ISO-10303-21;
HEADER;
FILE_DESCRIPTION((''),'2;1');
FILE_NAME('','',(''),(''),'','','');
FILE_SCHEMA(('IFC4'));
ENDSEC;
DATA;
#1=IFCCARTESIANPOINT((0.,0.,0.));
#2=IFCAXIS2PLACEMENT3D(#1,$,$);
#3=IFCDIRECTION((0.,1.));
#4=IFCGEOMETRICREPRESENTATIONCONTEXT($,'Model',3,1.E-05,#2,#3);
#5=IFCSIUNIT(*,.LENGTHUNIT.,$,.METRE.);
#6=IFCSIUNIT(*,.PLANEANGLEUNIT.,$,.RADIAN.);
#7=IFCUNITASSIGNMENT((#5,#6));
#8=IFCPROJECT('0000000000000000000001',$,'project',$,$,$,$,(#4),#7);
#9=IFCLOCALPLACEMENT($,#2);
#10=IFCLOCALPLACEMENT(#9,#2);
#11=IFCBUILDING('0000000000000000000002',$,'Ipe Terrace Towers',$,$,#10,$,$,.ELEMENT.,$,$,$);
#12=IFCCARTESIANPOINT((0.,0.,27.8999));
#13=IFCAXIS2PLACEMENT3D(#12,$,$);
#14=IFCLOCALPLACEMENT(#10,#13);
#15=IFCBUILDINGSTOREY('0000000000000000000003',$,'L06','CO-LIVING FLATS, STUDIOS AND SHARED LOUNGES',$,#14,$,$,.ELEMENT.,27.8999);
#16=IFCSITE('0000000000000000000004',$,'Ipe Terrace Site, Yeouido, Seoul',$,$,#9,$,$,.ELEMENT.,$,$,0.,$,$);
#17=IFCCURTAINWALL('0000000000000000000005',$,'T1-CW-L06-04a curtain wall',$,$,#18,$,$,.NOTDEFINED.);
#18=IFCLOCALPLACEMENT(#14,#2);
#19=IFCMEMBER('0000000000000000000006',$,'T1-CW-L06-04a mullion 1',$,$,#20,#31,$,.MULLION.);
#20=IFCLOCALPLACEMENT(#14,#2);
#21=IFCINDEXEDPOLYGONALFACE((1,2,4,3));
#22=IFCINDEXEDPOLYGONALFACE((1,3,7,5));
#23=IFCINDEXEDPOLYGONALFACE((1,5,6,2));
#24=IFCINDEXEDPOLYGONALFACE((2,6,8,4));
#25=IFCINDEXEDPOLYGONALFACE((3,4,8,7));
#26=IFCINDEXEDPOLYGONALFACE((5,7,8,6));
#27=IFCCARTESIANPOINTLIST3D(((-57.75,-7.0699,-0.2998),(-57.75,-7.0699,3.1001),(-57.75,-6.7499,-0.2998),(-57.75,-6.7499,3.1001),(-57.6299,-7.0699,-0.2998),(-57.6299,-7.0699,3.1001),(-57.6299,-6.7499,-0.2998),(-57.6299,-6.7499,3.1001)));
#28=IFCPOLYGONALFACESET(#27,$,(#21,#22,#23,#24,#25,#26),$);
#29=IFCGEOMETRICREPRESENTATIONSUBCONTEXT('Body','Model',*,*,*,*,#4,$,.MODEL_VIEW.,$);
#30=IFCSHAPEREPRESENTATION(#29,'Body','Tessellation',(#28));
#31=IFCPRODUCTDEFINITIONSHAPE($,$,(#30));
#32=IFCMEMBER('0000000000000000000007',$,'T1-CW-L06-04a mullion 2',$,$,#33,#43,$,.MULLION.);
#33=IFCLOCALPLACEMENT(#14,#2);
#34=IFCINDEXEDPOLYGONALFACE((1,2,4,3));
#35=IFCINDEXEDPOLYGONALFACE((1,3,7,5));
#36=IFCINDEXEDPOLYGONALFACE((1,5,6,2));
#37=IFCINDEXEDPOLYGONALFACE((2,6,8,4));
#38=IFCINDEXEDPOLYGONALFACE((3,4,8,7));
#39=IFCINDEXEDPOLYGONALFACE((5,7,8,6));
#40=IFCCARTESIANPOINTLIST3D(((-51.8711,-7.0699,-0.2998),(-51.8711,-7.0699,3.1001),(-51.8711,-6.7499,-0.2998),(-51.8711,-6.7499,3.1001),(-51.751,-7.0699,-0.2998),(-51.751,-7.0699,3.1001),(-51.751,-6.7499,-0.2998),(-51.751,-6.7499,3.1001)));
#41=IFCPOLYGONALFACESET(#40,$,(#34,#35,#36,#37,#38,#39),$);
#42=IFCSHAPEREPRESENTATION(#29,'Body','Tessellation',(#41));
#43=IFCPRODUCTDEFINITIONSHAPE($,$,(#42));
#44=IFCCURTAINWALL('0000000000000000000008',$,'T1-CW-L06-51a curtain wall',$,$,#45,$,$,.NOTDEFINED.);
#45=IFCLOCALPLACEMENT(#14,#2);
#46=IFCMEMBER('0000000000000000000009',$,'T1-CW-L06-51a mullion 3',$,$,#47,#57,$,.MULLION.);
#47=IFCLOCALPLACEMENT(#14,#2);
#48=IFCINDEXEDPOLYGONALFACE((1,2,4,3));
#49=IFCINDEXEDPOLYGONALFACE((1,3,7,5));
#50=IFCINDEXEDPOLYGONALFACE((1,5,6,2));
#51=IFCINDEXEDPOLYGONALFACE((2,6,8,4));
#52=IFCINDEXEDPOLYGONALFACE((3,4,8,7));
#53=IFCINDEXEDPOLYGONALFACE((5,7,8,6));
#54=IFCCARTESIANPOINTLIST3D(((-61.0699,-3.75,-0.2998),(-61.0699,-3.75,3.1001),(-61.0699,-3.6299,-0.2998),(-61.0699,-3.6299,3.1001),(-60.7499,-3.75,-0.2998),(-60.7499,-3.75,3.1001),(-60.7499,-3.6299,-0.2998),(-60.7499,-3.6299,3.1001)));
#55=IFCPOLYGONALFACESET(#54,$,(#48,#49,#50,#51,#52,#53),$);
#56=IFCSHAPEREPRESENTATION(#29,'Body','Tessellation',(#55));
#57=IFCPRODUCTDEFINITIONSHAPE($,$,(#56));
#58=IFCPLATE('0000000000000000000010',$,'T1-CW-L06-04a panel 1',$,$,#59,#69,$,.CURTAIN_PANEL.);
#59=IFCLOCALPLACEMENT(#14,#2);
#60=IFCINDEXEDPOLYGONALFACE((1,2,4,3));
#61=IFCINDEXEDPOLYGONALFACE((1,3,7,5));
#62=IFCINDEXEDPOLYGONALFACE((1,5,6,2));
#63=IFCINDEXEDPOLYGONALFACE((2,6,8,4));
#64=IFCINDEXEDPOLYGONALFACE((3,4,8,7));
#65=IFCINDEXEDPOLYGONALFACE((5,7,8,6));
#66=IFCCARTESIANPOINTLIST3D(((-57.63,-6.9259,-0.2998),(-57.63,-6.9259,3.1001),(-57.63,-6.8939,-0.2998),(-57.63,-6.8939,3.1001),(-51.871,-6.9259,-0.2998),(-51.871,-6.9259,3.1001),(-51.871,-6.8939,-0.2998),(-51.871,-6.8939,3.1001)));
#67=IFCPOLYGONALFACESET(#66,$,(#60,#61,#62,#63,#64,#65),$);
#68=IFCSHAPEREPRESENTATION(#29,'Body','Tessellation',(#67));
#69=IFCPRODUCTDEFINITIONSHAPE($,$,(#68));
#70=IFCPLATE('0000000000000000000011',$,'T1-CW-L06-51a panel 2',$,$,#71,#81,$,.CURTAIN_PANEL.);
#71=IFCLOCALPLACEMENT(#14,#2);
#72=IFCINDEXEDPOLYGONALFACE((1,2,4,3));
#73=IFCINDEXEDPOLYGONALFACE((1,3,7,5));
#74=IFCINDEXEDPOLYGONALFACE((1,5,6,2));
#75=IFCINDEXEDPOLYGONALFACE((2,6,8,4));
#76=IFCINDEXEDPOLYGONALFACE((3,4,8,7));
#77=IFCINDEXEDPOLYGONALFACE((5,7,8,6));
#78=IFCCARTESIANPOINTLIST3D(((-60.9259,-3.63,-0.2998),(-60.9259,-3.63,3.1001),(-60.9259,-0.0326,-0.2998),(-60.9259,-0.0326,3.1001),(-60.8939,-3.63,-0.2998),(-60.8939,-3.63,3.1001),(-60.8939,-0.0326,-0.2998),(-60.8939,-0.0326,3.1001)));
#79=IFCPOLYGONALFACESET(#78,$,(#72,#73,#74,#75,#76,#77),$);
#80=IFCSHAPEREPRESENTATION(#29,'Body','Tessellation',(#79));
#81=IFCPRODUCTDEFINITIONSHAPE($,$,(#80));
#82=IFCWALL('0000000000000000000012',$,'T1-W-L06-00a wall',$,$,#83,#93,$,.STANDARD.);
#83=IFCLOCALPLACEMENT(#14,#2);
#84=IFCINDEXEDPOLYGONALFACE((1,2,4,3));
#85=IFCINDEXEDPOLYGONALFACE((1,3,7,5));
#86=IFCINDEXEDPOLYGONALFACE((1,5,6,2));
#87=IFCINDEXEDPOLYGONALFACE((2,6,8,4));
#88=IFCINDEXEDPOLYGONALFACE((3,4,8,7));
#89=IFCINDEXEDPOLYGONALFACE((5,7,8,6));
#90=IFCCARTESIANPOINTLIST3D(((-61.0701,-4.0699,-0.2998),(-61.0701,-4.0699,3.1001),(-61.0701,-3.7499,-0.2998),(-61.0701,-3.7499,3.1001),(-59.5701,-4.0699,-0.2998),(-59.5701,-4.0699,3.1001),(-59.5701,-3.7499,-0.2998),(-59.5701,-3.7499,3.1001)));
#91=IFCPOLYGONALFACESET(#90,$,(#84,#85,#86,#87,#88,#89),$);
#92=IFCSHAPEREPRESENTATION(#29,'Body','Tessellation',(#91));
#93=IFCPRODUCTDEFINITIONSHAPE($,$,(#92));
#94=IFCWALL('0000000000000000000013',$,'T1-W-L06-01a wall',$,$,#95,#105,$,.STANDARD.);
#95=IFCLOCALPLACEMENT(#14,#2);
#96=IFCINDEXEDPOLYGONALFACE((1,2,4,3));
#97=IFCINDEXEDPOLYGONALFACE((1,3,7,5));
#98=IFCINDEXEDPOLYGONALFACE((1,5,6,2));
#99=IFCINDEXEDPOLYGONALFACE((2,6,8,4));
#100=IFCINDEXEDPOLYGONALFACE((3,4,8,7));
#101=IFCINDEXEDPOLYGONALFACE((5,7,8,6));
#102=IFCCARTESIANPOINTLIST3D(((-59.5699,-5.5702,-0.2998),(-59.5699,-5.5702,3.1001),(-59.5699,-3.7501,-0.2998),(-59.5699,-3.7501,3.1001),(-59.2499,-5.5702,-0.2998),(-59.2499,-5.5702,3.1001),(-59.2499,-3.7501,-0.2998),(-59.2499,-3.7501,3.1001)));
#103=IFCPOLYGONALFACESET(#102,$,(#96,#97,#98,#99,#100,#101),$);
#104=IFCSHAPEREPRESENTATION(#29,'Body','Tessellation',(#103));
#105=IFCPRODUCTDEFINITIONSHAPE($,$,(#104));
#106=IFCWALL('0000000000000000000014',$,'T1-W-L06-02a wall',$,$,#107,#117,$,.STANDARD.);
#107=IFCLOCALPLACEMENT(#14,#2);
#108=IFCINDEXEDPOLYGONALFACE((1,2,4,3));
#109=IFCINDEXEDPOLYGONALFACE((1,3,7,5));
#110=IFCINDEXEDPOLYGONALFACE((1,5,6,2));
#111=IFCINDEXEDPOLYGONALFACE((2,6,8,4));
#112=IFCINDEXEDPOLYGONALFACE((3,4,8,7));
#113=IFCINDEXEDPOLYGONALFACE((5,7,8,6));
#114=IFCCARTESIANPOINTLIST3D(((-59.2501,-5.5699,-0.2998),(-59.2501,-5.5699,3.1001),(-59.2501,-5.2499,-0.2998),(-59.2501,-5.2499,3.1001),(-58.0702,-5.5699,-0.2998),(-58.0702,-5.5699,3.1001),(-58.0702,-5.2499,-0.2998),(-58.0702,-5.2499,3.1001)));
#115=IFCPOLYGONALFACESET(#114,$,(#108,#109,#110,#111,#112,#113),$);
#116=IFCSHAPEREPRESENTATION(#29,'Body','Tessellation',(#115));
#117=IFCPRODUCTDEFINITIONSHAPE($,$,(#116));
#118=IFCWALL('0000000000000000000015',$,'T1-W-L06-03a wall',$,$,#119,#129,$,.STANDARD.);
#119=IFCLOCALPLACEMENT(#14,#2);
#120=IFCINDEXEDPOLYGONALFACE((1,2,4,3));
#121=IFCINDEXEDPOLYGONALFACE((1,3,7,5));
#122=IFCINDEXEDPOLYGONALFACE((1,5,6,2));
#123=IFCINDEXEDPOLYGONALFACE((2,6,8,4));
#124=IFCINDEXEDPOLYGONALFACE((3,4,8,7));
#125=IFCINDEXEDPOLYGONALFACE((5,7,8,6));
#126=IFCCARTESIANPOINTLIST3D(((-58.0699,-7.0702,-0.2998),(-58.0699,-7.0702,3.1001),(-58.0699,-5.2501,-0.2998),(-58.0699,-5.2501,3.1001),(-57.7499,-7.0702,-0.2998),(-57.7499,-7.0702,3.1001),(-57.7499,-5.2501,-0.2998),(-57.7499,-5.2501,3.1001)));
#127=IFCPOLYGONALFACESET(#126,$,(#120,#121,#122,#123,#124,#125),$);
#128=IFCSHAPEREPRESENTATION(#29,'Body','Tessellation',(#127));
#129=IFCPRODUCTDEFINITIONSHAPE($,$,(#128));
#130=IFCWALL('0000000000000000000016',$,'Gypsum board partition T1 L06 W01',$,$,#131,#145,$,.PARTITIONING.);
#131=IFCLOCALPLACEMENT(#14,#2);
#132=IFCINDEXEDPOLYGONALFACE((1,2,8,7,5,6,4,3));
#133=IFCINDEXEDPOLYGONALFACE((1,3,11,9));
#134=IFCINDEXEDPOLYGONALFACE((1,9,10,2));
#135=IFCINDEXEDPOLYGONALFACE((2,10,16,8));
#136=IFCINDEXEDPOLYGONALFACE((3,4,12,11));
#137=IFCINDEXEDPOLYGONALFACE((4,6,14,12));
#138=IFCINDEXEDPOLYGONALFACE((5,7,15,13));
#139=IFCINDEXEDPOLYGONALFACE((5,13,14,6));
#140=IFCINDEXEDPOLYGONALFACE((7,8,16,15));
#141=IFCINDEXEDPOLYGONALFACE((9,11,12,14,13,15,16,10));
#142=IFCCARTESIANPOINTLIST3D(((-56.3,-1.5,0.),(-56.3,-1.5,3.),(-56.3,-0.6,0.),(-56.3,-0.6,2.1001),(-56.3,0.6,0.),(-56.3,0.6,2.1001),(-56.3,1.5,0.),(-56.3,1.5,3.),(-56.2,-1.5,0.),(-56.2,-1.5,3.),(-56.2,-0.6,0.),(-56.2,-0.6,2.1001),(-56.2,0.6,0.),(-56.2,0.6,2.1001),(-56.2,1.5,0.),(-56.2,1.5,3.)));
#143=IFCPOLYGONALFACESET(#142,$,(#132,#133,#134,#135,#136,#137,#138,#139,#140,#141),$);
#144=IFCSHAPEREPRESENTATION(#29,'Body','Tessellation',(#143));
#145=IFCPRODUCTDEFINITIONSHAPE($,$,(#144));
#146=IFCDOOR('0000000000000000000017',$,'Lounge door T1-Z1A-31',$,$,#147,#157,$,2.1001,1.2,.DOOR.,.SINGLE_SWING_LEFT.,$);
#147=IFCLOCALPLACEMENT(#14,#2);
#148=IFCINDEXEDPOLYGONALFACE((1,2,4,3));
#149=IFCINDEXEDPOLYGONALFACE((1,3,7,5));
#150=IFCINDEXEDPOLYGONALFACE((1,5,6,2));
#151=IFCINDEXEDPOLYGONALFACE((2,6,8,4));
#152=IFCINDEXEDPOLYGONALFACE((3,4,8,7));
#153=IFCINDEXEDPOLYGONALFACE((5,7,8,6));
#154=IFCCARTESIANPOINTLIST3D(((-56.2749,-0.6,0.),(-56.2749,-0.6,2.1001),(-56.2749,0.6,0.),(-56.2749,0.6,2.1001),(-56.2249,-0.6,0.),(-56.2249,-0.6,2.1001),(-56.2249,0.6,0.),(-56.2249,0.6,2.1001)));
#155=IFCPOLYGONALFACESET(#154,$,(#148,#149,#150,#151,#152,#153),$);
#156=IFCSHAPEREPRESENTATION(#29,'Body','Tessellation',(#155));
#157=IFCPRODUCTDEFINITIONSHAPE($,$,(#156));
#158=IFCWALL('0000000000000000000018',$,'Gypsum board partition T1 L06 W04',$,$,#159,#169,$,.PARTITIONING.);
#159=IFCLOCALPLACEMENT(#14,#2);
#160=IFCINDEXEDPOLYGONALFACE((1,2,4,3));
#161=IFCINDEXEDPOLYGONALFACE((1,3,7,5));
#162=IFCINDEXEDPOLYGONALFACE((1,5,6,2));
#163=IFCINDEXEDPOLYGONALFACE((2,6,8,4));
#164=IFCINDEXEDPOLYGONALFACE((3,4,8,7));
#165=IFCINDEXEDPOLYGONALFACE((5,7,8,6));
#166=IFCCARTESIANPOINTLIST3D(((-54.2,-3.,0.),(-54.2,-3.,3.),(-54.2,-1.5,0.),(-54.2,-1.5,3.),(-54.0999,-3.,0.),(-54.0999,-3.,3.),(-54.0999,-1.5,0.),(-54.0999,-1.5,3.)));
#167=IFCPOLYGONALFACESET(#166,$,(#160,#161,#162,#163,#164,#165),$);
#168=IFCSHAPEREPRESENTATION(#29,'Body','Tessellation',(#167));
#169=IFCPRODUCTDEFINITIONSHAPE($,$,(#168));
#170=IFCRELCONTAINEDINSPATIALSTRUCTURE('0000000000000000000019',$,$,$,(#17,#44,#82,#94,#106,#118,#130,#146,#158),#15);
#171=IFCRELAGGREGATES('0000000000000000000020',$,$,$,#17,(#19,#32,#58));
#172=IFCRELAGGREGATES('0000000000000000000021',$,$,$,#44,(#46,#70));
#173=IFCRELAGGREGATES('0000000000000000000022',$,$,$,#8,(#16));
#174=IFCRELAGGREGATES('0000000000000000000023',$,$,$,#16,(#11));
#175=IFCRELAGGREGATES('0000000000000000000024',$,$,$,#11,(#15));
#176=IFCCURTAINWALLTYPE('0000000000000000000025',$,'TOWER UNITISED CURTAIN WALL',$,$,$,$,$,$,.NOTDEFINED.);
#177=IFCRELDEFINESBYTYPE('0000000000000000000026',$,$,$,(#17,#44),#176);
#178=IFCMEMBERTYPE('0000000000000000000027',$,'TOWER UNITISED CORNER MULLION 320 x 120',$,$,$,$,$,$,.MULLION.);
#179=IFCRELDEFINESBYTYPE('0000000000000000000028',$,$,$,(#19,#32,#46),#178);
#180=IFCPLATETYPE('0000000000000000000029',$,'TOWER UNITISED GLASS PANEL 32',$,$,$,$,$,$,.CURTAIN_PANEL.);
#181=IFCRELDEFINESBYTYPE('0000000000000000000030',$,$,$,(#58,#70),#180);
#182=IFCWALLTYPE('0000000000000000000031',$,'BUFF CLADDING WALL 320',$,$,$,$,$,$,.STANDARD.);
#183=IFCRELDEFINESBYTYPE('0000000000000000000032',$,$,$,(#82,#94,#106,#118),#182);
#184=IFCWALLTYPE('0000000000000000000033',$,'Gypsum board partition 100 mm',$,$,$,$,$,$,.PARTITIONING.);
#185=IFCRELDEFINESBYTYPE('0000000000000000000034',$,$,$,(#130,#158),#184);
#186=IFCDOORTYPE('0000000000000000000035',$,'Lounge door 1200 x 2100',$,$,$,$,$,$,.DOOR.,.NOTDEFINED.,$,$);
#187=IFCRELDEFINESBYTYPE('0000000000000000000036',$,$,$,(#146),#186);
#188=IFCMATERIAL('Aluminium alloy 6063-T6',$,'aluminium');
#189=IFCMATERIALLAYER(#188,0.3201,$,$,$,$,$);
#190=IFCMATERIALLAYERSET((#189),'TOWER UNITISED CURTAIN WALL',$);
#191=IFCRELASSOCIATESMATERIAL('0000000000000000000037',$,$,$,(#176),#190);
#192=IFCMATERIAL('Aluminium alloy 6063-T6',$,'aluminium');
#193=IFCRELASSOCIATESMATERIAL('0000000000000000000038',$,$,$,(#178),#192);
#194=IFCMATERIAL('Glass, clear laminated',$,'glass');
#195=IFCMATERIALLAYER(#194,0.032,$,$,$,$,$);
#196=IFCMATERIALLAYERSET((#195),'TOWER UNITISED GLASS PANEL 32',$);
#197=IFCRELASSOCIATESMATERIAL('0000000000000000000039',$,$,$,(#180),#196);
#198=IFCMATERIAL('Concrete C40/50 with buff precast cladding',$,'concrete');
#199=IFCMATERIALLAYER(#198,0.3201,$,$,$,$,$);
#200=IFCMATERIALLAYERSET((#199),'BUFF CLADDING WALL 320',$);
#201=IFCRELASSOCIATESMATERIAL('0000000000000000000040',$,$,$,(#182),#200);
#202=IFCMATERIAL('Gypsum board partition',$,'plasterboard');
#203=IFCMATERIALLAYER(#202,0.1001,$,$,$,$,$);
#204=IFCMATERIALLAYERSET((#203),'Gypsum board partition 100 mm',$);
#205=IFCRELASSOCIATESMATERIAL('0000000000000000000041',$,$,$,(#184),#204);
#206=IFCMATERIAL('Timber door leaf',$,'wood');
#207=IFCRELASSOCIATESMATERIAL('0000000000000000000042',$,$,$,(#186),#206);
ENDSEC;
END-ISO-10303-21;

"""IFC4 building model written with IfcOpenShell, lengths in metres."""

from ifc_helpers import new_model, si_unit, direction, frame, frame_2d, origin, origin_2d, place, context, subcontext, project, spatial, rectangle, extrude, material, layer, layer_set, material_profile, profile_set, type_object, element, fill, aggregate, save


model = new_model("IFC4")

# Units and contexts
model_context = context("Model", 3, precision=1e-05, world=origin(), true_north=direction((0.0, 1.0)))
body_context = subcontext(model_context, "Body", "Model", "MODEL_VIEW")
ifc_project = project(units=[si_unit("LENGTHUNIT", "METRE"), si_unit("PLANEANGLEUNIT", "RADIAN")], contexts=[model_context])

# Site, building, storey
site_placement = place(None, origin())
site = spatial("IfcSite", under=ifc_project, at=site_placement, Name="Ipe Terrace Site, Yeouido, Seoul", CompositionType="ELEMENT", RefElevation=0.0)
building_placement = place(site_placement, origin())
building = spatial("IfcBuilding", under=site, at=building_placement, Name="Ipe Terrace Towers", CompositionType="ELEMENT")
storey_placement = place(building_placement, frame((0.0, 0.0, 27.8999)))
storey = spatial("IfcBuildingStorey", under=building, at=storey_placement, Name="L06", Description="CO-LIVING FLATS, STUDIOS AND SHARED LOUNGES", CompositionType="ELEMENT", Elevation=27.8999)

# Curtain wall, members
ifc_material_1 = material(Name="Aluminium alloy 6063-T6", Category="aluminium")
ifc_layer_1 = layer(ifc_material_1, 0.3201)
ifc_layer_set_1 = layer_set([ifc_layer_1], Name="TOWER UNITISED CURTAIN WALL")
curtain_wall_type = type_object("IfcCurtainWallType", Name="TOWER UNITISED CURTAIN WALL", PredefinedType="NOTDEFINED", material=ifc_layer_set_1)
curtain_wall_1_placement = place(storey_placement, origin())
curtain_wall_1 = element("IfcCurtainWall", 1, at=curtain_wall_1_placement, inside=storey, type_object=curtain_wall_type, Name="T1-CW-L06-04a curtain wall", PredefinedType="NOTDEFINED")
ifc_material_2 = material(Name="Aluminium alloy 6063-T6", Category="aluminium")
ifc_material_profile_1 = material_profile(ifc_material_2, rectangle(XDim=0.3201, YDim=0.1201, at=origin_2d()), Name="TOWER UNITISED CORNER MULLION 320 x 120")
ifc_profile_set_1 = profile_set([ifc_material_profile_1], Name="Aluminium alloy 6063-T6")
member_type = type_object("IfcMemberType", Name="TOWER UNITISED CORNER MULLION 320 x 120", PredefinedType="MULLION", material=ifc_profile_set_1)
member_1_placement = place(storey_placement, frame((-57.6899, -6.9099, -0.2998), z_axis=(0.0, 0.0, 1.0), x_axis=(0.0, -1.0, 0.0)))
member_1 = element("IfcMember", 2, at=member_1_placement, type_object=member_type, Name="T1-CW-L06-04a mullion 1", PredefinedType="MULLION", context=body_context, shape_type="SweptSolid", body=[
    extrude(rectangle(XDim=0.3201, YDim=0.1201, at=origin_2d()), origin(), (0.0, 0.0, 1.0), 3.3999),
])
member_2_placement = place(storey_placement, frame((-51.811, -6.9099, -0.2998), z_axis=(0.0, 0.0, 1.0), x_axis=(0.0, -1.0, 0.0)))
member_2 = element("IfcMember", 3, at=member_2_placement, type_object=member_type, Name="T1-CW-L06-04a mullion 2", PredefinedType="MULLION", context=body_context, shape_type="SweptSolid", body=[
    extrude(rectangle(XDim=0.3201, YDim=0.1201, at=origin_2d()), origin(), (0.0, 0.0, 1.0), 3.3999),
])

# Curtain wall, member
curtain_wall_2_placement = place(storey_placement, origin())
curtain_wall_2 = element("IfcCurtainWall", 4, at=curtain_wall_2_placement, inside=storey, type_object=curtain_wall_type, Name="T1-CW-L06-51a curtain wall", PredefinedType="NOTDEFINED")
member_3_placement = place(storey_placement, frame((-60.9099, -3.6899, -0.2998), z_axis=(0.0, 0.0, 1.0), x_axis=(-1.0, 0.0, 0.0)))
member_3 = element("IfcMember", 5, at=member_3_placement, type_object=member_type, Name="T1-CW-L06-51a mullion 3", PredefinedType="MULLION", context=body_context, shape_type="SweptSolid", body=[
    extrude(rectangle(XDim=0.3201, YDim=0.1201, at=origin_2d()), origin(), (0.0, 0.0, 1.0), 3.3999),
])

# Plates
ifc_material_3 = material(Name="Glass, clear laminated", Category="glass")
ifc_layer_2 = layer(ifc_material_3, 0.032)
ifc_layer_set_2 = layer_set([ifc_layer_2], Name="TOWER UNITISED GLASS PANEL 32")
plate_type = type_object("IfcPlateType", Name="TOWER UNITISED GLASS PANEL 32", PredefinedType="CURTAIN_PANEL", material=ifc_layer_set_2)
plate_1_placement = place(storey_placement, frame((-54.7505, -6.9099, -0.2998), z_axis=(0.0, 0.0, 1.0), x_axis=(1.0, 0.0, 0.0)))
plate_1 = element("IfcPlate", 6, at=plate_1_placement, type_object=plate_type, Name="T1-CW-L06-04a panel 1", PredefinedType="CURTAIN_PANEL", context=body_context, shape_type="SweptSolid", body=[
    extrude(rectangle(XDim=5.759, YDim=0.032, at=origin_2d()), origin(), (0.0, 0.0, 1.0), 3.3999),
])
aggregate(curtain_wall_1, [member_1, member_2, plate_1])
plate_2_placement = place(storey_placement, frame((-60.9099, -1.8313, -0.2998), z_axis=(0.0, 0.0, 1.0), x_axis=(0.0, -1.0, 0.0)))
plate_2 = element("IfcPlate", 7, at=plate_2_placement, type_object=plate_type, Name="T1-CW-L06-51a panel 2", PredefinedType="CURTAIN_PANEL", context=body_context, shape_type="SweptSolid", body=[
    extrude(rectangle(XDim=3.5974, YDim=0.032, at=origin_2d()), origin(), (0.0, 0.0, 1.0), 3.3999),
])
aggregate(curtain_wall_2, [member_3, plate_2])

# Walls
ifc_material_4 = material(Name="Concrete C40/50 with buff precast cladding", Category="concrete")
ifc_layer_3 = layer(ifc_material_4, 0.3201)
ifc_layer_set_3 = layer_set([ifc_layer_3], Name="BUFF CLADDING WALL 320")
wall_type_1 = type_object("IfcWallType", Name="BUFF CLADDING WALL 320", PredefinedType="STANDARD", material=ifc_layer_set_3)
wall_1_placement = place(storey_placement, frame((-61.0701, -3.9099, -0.2998), z_axis=(0.0, 0.0, 1.0), x_axis=(1.0, 0.0, 0.0)))
element("IfcWall", 8, at=wall_1_placement, inside=storey, type_object=wall_type_1, Name="T1-W-L06-00a wall", PredefinedType="STANDARD", context=body_context, shape_type="SweptSolid", body=[
    extrude(rectangle(XDim=1.5, YDim=0.3201, at=frame_2d((0.75, 0.0))), origin(), (0.0, 0.0, 1.0), 3.3999),
])
wall_2_placement = place(storey_placement, frame((-59.4099, -3.75, -0.2998), z_axis=(0.0, 0.0, 1.0), x_axis=(0.0, -1.0, 0.0)))
element("IfcWall", 9, at=wall_2_placement, inside=storey, type_object=wall_type_1, Name="T1-W-L06-01a wall", PredefinedType="STANDARD", context=body_context, shape_type="SweptSolid", body=[
    extrude(rectangle(XDim=1.8201, YDim=0.3201, at=frame_2d((0.9102, 0.0))), origin(), (0.0, 0.0, 1.0), 3.3999),
])
wall_3_placement = place(storey_placement, frame((-59.25, -5.4099, -0.2998), z_axis=(0.0, 0.0, 1.0), x_axis=(1.0, 0.0, 0.0)))
element("IfcWall", 10, at=wall_3_placement, inside=storey, type_object=wall_type_1, Name="T1-W-L06-02a wall", PredefinedType="STANDARD", context=body_context, shape_type="SweptSolid", body=[
    extrude(rectangle(XDim=1.1799, YDim=0.3201, at=frame_2d((0.5898, 0.0))), origin(), (0.0, 0.0, 1.0), 3.3999),
])
wall_4_placement = place(storey_placement, frame((-57.9099, -5.25, -0.2998), z_axis=(0.0, 0.0, 1.0), x_axis=(0.0, -1.0, 0.0)))
element("IfcWall", 11, at=wall_4_placement, inside=storey, type_object=wall_type_1, Name="T1-W-L06-03a wall", PredefinedType="STANDARD", context=body_context, shape_type="SweptSolid", body=[
    extrude(rectangle(XDim=1.8201, YDim=0.3201, at=frame_2d((0.9102, 0.0))), origin(), (0.0, 0.0, 1.0), 3.3999),
])

# Wall, opening, door
ifc_material_5 = material(Name="Gypsum board partition", Category="plasterboard")
ifc_layer_4 = layer(ifc_material_5, 0.1001)
ifc_layer_set_4 = layer_set([ifc_layer_4], Name="Gypsum board partition 100 mm")
wall_type_2 = type_object("IfcWallType", Name="Gypsum board partition 100 mm", PredefinedType="PARTITIONING", material=ifc_layer_set_4)
wall_5_placement = place(storey_placement, frame((-56.25, -1.5, 0.0), z_axis=(0.0, 0.0, 1.0), x_axis=(0.0, 1.0, 0.0)))
wall_5 = element("IfcWall", 12, at=wall_5_placement, inside=storey, type_object=wall_type_2, Name="Gypsum board partition T1 L06 W01", PredefinedType="PARTITIONING", context=body_context, shape_type="SweptSolid", body=[
    extrude(rectangle(XDim=3.0, YDim=0.1001, at=frame_2d((1.5, 0.0))), origin(), (0.0, 0.0, 1.0), 3.0),
])
opening_1_placement = place(wall_5_placement, frame((0.8999, 0.0, 0.0)))
opening_1 = element("IfcOpeningElement", 13, at=opening_1_placement, cuts=wall_5, PredefinedType="OPENING", context=body_context, shape_type="SweptSolid", body=[
    extrude(rectangle(XDim=1.2, YDim=2.1001, at=frame_2d((0.6001, 1.05))), frame((0.0, 0.0601, 0.0), z_axis=(0.0, -1.0, 0.0), x_axis=(1.0, 0.0, 0.0)), (0.0, 0.0, 1.0), 0.1201),
])
ifc_material_6 = material(Name="Timber door leaf", Category="wood")
door_type_1 = type_object("IfcDoorType", Name="Lounge door 1200 x 2100", OperationType="NOTDEFINED", PredefinedType="DOOR", material=ifc_material_6)
door_1_placement = place(opening_1_placement, origin())
door_1 = element("IfcDoor", 14, at=door_1_placement, inside=storey, type_object=door_type_1, Name="Lounge door T1-Z1A-31", OperationType="SINGLE_SWING_LEFT", OverallHeight=2.1001, OverallWidth=1.2, PredefinedType="DOOR", context=body_context, shape_type="SweptSolid", body=[
    extrude(rectangle(XDim=1.2, YDim=2.1001, at=frame_2d((0.6001, 1.05))), frame((0.0, 0.0249, 0.0), z_axis=(0.0, -1.0, 0.0), x_axis=(1.0, 0.0, 0.0)), (0.0, 0.0, 1.0), 0.05),
])
fill(opening_1, door_1)

# Wall
wall_6_placement = place(storey_placement, frame((-54.1499, -3.0, 0.0), z_axis=(0.0, 0.0, 1.0), x_axis=(0.0, 1.0, 0.0)))
element("IfcWall", 15, at=wall_6_placement, inside=storey, type_object=wall_type_2, Name="Gypsum board partition T1 L06 W04", PredefinedType="PARTITIONING", context=body_context, shape_type="SweptSolid", body=[
    extrude(rectangle(XDim=1.5, YDim=0.1001, at=frame_2d((0.75, 0.0))), origin(), (0.0, 0.0, 1.0), 3.0),
])

save(model, "model.ifc")
